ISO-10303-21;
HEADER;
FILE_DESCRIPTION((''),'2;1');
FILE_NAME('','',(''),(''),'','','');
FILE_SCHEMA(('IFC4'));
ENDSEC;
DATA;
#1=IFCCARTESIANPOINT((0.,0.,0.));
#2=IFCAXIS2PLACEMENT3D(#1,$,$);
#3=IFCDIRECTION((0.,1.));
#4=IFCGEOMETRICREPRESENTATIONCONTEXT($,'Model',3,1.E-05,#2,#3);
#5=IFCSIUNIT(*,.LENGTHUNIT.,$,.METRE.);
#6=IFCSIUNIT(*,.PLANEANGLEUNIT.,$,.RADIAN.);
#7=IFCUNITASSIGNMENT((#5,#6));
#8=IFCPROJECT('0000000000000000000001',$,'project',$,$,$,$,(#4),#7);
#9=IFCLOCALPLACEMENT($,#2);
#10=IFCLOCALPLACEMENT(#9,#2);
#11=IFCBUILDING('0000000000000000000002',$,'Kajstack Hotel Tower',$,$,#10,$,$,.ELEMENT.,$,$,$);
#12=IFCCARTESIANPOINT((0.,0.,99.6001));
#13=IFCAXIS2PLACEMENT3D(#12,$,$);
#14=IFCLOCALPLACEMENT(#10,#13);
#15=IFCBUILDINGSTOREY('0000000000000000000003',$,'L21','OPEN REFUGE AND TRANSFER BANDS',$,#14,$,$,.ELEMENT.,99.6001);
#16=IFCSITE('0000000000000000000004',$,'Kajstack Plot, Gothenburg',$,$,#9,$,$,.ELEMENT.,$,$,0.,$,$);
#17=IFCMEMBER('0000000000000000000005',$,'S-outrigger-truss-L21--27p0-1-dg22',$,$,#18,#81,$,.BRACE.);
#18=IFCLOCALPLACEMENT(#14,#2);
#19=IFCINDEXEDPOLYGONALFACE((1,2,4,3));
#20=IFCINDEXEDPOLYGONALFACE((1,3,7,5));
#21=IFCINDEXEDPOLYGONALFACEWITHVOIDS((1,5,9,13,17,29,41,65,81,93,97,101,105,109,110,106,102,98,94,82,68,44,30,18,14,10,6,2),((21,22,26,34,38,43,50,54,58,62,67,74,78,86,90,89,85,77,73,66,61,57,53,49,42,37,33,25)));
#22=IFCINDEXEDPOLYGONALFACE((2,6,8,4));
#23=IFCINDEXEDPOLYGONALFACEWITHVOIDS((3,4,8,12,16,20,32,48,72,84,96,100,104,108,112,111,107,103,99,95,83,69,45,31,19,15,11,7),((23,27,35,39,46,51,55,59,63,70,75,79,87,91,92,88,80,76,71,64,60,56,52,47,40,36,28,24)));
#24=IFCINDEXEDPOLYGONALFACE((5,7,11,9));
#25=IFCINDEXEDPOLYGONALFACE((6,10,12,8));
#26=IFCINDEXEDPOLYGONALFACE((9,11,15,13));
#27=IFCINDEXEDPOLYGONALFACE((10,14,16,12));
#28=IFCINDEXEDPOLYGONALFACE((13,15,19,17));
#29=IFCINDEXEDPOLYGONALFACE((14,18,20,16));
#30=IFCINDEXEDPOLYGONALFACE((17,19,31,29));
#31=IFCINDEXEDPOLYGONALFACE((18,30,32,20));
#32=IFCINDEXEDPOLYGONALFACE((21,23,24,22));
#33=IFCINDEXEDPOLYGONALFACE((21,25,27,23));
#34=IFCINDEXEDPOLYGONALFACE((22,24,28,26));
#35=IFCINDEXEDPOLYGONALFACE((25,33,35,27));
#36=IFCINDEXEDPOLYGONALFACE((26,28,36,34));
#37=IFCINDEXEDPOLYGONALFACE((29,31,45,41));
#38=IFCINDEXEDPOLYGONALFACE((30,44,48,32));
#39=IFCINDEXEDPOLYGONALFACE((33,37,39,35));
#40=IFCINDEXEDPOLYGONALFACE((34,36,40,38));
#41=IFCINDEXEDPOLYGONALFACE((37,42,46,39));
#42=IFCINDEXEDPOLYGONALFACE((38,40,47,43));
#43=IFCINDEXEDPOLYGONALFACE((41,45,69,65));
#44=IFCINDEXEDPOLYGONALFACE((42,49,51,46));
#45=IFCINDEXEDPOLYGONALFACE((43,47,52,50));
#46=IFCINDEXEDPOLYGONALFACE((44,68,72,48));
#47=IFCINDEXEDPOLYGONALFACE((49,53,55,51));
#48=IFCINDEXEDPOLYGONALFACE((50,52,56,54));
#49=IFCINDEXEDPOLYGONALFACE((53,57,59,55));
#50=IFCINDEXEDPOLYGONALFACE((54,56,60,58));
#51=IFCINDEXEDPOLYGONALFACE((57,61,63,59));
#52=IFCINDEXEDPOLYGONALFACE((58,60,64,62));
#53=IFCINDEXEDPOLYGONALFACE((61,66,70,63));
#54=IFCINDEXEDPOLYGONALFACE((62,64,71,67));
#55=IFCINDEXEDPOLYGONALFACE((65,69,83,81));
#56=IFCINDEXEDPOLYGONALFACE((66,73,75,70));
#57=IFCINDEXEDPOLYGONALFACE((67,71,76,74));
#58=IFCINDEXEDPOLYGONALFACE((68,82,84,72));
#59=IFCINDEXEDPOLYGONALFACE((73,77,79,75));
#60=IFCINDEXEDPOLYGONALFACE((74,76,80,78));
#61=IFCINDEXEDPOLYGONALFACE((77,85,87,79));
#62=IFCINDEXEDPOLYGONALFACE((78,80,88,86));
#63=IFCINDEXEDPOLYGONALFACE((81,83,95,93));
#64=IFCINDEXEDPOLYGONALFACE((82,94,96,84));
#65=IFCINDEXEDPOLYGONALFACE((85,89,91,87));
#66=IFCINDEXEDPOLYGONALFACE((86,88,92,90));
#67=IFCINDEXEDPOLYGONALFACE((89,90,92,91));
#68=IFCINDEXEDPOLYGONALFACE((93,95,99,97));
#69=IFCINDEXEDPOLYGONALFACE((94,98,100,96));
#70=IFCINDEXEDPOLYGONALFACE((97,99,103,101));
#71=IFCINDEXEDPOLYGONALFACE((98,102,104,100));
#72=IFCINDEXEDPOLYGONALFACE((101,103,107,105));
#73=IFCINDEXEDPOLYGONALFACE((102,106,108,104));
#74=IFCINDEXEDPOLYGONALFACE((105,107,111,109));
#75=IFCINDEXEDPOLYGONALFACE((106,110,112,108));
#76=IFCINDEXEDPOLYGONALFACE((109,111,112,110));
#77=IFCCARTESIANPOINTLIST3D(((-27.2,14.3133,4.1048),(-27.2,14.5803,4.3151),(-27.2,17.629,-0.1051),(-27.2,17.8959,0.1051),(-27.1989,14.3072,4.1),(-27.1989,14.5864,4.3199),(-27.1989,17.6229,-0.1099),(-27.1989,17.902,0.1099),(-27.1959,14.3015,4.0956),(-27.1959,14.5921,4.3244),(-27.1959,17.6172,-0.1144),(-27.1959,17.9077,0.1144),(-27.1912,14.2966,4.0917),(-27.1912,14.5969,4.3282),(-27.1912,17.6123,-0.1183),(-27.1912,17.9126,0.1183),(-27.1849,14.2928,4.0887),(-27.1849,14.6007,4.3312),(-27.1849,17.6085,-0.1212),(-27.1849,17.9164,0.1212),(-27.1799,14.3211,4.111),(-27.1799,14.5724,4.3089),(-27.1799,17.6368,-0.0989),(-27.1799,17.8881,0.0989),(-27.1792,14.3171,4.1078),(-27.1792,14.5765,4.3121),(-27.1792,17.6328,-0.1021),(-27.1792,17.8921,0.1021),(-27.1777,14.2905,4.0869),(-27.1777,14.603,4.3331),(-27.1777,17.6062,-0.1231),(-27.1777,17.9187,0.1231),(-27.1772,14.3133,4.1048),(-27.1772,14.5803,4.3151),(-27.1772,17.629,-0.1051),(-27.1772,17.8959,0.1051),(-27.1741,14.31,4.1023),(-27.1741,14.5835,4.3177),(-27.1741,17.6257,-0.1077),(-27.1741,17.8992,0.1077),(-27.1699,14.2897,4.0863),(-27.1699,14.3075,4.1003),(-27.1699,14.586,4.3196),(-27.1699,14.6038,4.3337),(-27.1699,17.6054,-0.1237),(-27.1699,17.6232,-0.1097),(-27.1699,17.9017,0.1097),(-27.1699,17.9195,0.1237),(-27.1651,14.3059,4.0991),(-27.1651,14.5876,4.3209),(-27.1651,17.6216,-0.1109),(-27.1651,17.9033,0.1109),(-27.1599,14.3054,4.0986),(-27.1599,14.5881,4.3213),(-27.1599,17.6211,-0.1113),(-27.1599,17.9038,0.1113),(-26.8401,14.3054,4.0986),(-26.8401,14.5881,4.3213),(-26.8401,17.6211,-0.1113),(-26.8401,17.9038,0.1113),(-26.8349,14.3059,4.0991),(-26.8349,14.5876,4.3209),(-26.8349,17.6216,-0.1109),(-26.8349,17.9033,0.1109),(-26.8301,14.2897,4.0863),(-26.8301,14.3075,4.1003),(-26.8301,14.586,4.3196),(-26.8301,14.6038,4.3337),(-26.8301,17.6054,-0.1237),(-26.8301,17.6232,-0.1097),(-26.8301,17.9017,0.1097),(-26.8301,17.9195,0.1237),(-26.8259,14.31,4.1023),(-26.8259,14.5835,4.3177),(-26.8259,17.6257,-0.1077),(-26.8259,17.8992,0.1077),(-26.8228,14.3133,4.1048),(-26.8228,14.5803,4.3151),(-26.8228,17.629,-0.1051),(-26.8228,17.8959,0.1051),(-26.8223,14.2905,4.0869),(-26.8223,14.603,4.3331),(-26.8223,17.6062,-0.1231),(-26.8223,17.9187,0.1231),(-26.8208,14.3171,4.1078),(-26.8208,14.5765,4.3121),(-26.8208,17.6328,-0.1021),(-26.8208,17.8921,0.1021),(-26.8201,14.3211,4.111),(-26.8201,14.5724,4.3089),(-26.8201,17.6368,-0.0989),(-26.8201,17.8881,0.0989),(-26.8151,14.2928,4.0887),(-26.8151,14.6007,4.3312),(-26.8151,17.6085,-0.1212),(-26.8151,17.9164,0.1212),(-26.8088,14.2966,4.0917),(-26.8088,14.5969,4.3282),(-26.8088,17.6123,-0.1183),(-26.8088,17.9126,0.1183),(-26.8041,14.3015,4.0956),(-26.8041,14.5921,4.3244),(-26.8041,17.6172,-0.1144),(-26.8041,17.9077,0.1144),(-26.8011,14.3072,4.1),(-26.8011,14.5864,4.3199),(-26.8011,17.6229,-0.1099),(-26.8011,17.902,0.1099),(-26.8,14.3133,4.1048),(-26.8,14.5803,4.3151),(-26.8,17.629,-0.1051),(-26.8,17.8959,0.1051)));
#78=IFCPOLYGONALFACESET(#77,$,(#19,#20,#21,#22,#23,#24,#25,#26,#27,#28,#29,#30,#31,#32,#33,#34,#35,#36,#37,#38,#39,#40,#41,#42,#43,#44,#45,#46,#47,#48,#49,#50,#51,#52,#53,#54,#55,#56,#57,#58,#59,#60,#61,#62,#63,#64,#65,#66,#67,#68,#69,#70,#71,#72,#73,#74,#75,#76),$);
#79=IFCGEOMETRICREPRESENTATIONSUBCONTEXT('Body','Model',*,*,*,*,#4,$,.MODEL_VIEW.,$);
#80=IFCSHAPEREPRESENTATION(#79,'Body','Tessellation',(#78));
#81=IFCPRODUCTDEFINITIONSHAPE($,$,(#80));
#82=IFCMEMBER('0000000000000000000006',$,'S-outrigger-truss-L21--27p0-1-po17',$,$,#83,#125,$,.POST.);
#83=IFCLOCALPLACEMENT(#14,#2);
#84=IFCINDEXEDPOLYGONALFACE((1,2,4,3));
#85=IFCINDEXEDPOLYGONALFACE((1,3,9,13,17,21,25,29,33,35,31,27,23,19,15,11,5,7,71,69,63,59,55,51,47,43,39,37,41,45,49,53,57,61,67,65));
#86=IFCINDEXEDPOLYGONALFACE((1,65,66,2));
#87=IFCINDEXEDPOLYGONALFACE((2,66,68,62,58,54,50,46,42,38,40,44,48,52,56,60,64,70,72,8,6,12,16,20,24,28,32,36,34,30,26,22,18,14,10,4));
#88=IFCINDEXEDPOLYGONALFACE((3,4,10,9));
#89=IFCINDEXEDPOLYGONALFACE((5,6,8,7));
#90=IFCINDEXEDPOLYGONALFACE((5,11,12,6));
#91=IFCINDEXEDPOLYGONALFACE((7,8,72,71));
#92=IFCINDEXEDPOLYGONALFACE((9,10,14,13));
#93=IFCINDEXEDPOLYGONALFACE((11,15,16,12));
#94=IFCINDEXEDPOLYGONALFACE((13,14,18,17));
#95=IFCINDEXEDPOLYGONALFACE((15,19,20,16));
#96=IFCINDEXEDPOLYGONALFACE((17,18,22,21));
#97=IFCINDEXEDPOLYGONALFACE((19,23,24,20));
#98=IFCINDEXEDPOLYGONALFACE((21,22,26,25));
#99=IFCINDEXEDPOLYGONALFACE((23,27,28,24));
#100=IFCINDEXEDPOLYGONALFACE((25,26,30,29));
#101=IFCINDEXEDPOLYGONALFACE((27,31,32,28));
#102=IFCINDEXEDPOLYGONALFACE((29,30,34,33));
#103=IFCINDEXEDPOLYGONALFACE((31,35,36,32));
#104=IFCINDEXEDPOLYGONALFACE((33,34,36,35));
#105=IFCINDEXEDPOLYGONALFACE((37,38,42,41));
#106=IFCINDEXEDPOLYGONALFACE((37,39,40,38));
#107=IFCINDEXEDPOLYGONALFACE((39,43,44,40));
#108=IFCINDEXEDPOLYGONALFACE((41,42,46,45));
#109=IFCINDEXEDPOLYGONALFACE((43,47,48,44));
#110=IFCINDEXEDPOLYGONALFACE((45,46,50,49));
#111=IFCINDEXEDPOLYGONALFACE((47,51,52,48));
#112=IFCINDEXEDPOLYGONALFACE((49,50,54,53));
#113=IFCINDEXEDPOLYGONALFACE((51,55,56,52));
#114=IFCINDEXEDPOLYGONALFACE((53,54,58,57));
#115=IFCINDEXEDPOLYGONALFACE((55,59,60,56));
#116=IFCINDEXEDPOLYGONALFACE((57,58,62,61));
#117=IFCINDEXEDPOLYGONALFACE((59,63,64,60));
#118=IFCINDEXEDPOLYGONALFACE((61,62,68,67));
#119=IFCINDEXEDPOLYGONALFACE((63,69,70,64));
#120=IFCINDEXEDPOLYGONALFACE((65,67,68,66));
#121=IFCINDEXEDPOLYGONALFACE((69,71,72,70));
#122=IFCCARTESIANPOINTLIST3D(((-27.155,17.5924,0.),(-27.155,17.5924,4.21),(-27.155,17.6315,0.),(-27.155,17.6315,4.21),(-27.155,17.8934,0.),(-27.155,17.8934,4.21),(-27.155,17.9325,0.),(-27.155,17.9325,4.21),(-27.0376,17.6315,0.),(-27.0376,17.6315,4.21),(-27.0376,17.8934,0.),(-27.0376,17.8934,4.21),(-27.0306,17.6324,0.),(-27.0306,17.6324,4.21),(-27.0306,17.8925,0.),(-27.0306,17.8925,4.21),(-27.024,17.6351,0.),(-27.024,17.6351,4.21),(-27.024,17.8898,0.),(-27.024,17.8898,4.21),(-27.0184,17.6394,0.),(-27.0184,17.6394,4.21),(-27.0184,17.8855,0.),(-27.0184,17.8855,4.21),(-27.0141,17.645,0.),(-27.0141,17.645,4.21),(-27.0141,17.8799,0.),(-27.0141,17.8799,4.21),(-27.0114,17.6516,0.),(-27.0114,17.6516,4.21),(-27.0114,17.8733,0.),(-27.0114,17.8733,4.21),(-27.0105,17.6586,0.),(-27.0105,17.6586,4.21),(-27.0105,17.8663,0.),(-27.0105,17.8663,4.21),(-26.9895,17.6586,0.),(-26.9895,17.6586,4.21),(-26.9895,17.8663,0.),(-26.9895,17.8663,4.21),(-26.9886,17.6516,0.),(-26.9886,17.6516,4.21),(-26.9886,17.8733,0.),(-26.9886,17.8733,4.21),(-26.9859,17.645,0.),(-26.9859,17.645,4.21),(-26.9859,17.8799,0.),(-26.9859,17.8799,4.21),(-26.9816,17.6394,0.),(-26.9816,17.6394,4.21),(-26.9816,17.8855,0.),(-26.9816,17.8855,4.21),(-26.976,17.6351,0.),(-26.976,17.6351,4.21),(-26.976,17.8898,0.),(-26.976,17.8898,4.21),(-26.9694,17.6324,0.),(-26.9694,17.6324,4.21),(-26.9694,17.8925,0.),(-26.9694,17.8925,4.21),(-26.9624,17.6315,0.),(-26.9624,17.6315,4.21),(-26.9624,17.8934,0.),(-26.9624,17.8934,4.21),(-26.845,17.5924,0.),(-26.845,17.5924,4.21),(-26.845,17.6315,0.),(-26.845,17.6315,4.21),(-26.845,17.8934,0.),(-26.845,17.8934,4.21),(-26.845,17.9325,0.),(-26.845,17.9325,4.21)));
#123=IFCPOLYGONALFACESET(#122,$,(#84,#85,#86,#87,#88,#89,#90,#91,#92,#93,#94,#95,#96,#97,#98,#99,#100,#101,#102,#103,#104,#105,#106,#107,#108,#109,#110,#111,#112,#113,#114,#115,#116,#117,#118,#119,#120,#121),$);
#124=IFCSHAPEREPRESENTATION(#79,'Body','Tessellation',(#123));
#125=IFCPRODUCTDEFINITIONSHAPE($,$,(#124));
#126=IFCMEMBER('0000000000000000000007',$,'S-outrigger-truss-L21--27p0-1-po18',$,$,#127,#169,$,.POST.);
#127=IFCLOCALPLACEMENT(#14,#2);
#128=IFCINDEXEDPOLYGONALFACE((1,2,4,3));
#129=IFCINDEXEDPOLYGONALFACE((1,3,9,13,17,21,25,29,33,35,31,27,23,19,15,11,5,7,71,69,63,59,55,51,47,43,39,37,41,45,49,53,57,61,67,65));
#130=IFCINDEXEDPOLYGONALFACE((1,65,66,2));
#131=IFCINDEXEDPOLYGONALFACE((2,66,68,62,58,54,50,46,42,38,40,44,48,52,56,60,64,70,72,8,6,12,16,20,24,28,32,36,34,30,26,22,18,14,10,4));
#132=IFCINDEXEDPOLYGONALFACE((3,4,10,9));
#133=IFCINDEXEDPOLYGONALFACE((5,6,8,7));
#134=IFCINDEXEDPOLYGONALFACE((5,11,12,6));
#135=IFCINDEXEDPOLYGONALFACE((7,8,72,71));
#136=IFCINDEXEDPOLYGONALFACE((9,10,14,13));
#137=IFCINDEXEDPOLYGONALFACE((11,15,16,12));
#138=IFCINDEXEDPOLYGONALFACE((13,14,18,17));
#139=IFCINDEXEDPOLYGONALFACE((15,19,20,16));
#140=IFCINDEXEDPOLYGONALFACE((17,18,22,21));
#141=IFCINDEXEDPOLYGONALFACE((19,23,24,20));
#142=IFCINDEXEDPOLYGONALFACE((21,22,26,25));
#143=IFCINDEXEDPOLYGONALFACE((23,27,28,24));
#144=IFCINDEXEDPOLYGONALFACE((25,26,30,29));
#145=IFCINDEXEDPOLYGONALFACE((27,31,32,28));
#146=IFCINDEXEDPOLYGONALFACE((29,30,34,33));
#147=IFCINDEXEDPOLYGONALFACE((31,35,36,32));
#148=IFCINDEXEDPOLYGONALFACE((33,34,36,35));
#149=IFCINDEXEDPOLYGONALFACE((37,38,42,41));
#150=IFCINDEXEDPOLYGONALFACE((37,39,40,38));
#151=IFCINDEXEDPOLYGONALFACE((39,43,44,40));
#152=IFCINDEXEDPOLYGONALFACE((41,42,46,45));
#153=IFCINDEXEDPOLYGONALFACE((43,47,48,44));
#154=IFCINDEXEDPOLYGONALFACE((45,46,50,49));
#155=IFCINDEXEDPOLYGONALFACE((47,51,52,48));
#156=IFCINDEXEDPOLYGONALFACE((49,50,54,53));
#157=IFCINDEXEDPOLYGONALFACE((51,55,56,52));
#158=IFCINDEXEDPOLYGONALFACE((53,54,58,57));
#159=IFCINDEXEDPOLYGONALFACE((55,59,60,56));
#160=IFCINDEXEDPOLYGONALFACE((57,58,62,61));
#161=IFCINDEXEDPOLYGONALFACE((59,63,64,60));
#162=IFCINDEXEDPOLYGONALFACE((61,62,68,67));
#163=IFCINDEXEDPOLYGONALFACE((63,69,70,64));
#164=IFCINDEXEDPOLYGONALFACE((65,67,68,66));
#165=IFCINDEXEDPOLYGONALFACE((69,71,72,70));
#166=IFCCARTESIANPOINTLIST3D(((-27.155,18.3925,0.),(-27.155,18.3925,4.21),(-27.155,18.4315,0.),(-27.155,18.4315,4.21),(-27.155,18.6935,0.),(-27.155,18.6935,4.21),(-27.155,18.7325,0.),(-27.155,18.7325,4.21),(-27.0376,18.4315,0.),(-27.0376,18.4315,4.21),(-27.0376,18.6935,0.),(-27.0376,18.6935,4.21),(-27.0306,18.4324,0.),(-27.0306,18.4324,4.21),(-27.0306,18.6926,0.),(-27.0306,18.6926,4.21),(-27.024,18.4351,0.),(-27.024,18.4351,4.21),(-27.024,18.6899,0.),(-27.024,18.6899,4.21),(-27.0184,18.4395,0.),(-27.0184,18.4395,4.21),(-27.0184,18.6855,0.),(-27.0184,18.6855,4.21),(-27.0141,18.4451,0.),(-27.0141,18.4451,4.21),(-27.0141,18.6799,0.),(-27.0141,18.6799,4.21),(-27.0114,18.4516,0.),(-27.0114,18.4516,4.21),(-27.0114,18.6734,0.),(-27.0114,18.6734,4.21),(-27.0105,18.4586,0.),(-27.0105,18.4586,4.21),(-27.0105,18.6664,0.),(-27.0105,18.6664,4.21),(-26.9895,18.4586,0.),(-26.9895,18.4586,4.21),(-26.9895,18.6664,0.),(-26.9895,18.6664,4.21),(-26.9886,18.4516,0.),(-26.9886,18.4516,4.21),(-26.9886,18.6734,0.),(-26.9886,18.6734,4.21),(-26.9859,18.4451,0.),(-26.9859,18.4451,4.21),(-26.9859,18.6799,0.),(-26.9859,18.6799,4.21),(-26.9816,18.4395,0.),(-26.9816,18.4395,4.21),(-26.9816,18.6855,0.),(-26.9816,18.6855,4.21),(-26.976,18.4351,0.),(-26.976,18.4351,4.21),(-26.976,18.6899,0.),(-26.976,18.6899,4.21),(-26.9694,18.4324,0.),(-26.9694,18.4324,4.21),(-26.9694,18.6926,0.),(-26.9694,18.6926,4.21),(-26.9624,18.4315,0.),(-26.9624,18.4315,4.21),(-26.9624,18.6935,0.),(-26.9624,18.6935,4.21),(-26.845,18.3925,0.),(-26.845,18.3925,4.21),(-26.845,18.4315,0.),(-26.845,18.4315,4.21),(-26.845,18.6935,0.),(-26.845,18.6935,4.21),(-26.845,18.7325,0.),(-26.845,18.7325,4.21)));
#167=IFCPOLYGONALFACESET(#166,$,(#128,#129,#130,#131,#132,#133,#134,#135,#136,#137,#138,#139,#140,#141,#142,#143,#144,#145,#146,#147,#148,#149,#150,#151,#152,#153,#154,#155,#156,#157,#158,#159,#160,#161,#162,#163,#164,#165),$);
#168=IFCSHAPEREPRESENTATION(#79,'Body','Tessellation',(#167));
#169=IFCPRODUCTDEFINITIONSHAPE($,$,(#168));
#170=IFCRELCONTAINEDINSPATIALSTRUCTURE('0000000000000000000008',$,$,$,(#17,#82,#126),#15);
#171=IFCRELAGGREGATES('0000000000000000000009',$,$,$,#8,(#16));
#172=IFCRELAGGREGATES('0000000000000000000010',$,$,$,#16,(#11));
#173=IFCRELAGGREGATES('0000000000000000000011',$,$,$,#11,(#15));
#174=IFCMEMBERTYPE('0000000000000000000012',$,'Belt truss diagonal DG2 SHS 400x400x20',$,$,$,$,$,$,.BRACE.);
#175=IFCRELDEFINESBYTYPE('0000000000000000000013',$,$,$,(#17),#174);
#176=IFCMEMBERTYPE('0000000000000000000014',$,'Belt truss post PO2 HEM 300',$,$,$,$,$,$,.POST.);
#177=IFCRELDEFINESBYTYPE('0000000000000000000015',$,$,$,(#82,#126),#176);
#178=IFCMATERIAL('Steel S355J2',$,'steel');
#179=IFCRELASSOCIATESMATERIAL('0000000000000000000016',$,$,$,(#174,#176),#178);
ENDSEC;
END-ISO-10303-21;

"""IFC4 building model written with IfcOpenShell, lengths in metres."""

from ifc_helpers import new_model, si_unit, direction, frame, origin, origin_2d, place, context, subcontext, project, spatial, hollow_rectangle, i_section, extrude, material, material_profile, profile_set, type_object, element, save


model = new_model("IFC4")

# Units and contexts
model_context = context("Model", 3, precision=1e-05, world=origin(), true_north=direction((0.0, 1.0)))
body_context = subcontext(model_context, "Body", "Model", "MODEL_VIEW")
ifc_project = project(units=[si_unit("LENGTHUNIT", "METRE"), si_unit("PLANEANGLEUNIT", "RADIAN")], contexts=[model_context])

# Site, building, storey
site_placement = place(None, origin())
site = spatial("IfcSite", under=ifc_project, at=site_placement, Name="Kajstack Plot, Gothenburg", CompositionType="ELEMENT", RefElevation=0.0)
building_placement = place(site_placement, origin())
building = spatial("IfcBuilding", under=site, at=building_placement, Name="Kajstack Hotel Tower", CompositionType="ELEMENT")
storey_placement = place(building_placement, frame((0.0, 0.0, 99.6001)))
storey = spatial("IfcBuildingStorey", under=building, at=storey_placement, Name="L21", Description="OPEN REFUGE AND TRANSFER BANDS", CompositionType="ELEMENT", Elevation=99.6001)

# Members
ifc_material = material(Name="Steel S355J2", Category="steel")
ifc_material_profile_1 = material_profile(ifc_material, hollow_rectangle(XDim=0.3999, YDim=0.3999, WallThickness=0.02, InnerFilletRadius=0.02, OuterFilletRadius=0.03, at=origin_2d()), Name="SHS 400x400x20")
ifc_profile_set_1 = profile_set([ifc_material_profile_1], Name="Steel S355J2")
member_type_1 = type_object("IfcMemberType", Name="Belt truss diagonal DG2 SHS 400x400x20", PredefinedType="BRACE", material=ifc_profile_set_1)
member_1_placement = place(storey_placement, frame((-27.0, 17.7625, 0.0), z_axis=(0.0, -0.618727, 0.785606), x_axis=(1.0, 0.0, 0.0)))
element("IfcMember", 1, at=member_1_placement, inside=storey, type_object=member_type_1, Name="S-outrigger-truss-L21--27p0-1-dg22", PredefinedType="BRACE", context=body_context, shape_type="SweptSolid", body=[
    extrude(hollow_rectangle(XDim=0.3999, YDim=0.3999, WallThickness=0.02, InnerFilletRadius=0.02, OuterFilletRadius=0.03, at=origin_2d()), origin(), (0.0, 0.0, 1.0), 5.3589),
])
ifc_material_profile_2 = material_profile(ifc_material, i_section(OverallWidth=0.3101, OverallDepth=0.3401, WebThickness=0.021, FlangeThickness=0.0391, FilletRadius=0.0271, at=origin_2d()), Name="HEM 300")
ifc_profile_set_2 = profile_set([ifc_material_profile_2], Name="Steel S355J2")
member_type_2 = type_object("IfcMemberType", Name="Belt truss post PO2 HEM 300", PredefinedType="POST", material=ifc_profile_set_2)
for number, where, z_axis, x_axis, name in (
    (2, (-27.0, 17.7625, 0.0), (0.0, 0.0, 1.0), (1.0, 0.0, 0.0), "S-outrigger-truss-L21--27p0-1-po17"),
    (3, (-27.0, 18.5625, 0.0), (0.0, 0.0, 1.0), (1.0, 0.0, 0.0), "S-outrigger-truss-L21--27p0-1-po18"),
):
    element("IfcMember", number, at=place(storey_placement, frame(where, z_axis=z_axis, x_axis=x_axis)), inside=storey, type_object=member_type_2, Name=name, PredefinedType="POST", context=body_context, shape_type="SweptSolid", body=[
        extrude(i_section(OverallWidth=0.3101, OverallDepth=0.3401, WebThickness=0.021, FlangeThickness=0.0391, FilletRadius=0.0271, at=origin_2d()), origin(), (0.0, 0.0, 1.0), 4.21),
    ])

save(model, "model.ifc")
